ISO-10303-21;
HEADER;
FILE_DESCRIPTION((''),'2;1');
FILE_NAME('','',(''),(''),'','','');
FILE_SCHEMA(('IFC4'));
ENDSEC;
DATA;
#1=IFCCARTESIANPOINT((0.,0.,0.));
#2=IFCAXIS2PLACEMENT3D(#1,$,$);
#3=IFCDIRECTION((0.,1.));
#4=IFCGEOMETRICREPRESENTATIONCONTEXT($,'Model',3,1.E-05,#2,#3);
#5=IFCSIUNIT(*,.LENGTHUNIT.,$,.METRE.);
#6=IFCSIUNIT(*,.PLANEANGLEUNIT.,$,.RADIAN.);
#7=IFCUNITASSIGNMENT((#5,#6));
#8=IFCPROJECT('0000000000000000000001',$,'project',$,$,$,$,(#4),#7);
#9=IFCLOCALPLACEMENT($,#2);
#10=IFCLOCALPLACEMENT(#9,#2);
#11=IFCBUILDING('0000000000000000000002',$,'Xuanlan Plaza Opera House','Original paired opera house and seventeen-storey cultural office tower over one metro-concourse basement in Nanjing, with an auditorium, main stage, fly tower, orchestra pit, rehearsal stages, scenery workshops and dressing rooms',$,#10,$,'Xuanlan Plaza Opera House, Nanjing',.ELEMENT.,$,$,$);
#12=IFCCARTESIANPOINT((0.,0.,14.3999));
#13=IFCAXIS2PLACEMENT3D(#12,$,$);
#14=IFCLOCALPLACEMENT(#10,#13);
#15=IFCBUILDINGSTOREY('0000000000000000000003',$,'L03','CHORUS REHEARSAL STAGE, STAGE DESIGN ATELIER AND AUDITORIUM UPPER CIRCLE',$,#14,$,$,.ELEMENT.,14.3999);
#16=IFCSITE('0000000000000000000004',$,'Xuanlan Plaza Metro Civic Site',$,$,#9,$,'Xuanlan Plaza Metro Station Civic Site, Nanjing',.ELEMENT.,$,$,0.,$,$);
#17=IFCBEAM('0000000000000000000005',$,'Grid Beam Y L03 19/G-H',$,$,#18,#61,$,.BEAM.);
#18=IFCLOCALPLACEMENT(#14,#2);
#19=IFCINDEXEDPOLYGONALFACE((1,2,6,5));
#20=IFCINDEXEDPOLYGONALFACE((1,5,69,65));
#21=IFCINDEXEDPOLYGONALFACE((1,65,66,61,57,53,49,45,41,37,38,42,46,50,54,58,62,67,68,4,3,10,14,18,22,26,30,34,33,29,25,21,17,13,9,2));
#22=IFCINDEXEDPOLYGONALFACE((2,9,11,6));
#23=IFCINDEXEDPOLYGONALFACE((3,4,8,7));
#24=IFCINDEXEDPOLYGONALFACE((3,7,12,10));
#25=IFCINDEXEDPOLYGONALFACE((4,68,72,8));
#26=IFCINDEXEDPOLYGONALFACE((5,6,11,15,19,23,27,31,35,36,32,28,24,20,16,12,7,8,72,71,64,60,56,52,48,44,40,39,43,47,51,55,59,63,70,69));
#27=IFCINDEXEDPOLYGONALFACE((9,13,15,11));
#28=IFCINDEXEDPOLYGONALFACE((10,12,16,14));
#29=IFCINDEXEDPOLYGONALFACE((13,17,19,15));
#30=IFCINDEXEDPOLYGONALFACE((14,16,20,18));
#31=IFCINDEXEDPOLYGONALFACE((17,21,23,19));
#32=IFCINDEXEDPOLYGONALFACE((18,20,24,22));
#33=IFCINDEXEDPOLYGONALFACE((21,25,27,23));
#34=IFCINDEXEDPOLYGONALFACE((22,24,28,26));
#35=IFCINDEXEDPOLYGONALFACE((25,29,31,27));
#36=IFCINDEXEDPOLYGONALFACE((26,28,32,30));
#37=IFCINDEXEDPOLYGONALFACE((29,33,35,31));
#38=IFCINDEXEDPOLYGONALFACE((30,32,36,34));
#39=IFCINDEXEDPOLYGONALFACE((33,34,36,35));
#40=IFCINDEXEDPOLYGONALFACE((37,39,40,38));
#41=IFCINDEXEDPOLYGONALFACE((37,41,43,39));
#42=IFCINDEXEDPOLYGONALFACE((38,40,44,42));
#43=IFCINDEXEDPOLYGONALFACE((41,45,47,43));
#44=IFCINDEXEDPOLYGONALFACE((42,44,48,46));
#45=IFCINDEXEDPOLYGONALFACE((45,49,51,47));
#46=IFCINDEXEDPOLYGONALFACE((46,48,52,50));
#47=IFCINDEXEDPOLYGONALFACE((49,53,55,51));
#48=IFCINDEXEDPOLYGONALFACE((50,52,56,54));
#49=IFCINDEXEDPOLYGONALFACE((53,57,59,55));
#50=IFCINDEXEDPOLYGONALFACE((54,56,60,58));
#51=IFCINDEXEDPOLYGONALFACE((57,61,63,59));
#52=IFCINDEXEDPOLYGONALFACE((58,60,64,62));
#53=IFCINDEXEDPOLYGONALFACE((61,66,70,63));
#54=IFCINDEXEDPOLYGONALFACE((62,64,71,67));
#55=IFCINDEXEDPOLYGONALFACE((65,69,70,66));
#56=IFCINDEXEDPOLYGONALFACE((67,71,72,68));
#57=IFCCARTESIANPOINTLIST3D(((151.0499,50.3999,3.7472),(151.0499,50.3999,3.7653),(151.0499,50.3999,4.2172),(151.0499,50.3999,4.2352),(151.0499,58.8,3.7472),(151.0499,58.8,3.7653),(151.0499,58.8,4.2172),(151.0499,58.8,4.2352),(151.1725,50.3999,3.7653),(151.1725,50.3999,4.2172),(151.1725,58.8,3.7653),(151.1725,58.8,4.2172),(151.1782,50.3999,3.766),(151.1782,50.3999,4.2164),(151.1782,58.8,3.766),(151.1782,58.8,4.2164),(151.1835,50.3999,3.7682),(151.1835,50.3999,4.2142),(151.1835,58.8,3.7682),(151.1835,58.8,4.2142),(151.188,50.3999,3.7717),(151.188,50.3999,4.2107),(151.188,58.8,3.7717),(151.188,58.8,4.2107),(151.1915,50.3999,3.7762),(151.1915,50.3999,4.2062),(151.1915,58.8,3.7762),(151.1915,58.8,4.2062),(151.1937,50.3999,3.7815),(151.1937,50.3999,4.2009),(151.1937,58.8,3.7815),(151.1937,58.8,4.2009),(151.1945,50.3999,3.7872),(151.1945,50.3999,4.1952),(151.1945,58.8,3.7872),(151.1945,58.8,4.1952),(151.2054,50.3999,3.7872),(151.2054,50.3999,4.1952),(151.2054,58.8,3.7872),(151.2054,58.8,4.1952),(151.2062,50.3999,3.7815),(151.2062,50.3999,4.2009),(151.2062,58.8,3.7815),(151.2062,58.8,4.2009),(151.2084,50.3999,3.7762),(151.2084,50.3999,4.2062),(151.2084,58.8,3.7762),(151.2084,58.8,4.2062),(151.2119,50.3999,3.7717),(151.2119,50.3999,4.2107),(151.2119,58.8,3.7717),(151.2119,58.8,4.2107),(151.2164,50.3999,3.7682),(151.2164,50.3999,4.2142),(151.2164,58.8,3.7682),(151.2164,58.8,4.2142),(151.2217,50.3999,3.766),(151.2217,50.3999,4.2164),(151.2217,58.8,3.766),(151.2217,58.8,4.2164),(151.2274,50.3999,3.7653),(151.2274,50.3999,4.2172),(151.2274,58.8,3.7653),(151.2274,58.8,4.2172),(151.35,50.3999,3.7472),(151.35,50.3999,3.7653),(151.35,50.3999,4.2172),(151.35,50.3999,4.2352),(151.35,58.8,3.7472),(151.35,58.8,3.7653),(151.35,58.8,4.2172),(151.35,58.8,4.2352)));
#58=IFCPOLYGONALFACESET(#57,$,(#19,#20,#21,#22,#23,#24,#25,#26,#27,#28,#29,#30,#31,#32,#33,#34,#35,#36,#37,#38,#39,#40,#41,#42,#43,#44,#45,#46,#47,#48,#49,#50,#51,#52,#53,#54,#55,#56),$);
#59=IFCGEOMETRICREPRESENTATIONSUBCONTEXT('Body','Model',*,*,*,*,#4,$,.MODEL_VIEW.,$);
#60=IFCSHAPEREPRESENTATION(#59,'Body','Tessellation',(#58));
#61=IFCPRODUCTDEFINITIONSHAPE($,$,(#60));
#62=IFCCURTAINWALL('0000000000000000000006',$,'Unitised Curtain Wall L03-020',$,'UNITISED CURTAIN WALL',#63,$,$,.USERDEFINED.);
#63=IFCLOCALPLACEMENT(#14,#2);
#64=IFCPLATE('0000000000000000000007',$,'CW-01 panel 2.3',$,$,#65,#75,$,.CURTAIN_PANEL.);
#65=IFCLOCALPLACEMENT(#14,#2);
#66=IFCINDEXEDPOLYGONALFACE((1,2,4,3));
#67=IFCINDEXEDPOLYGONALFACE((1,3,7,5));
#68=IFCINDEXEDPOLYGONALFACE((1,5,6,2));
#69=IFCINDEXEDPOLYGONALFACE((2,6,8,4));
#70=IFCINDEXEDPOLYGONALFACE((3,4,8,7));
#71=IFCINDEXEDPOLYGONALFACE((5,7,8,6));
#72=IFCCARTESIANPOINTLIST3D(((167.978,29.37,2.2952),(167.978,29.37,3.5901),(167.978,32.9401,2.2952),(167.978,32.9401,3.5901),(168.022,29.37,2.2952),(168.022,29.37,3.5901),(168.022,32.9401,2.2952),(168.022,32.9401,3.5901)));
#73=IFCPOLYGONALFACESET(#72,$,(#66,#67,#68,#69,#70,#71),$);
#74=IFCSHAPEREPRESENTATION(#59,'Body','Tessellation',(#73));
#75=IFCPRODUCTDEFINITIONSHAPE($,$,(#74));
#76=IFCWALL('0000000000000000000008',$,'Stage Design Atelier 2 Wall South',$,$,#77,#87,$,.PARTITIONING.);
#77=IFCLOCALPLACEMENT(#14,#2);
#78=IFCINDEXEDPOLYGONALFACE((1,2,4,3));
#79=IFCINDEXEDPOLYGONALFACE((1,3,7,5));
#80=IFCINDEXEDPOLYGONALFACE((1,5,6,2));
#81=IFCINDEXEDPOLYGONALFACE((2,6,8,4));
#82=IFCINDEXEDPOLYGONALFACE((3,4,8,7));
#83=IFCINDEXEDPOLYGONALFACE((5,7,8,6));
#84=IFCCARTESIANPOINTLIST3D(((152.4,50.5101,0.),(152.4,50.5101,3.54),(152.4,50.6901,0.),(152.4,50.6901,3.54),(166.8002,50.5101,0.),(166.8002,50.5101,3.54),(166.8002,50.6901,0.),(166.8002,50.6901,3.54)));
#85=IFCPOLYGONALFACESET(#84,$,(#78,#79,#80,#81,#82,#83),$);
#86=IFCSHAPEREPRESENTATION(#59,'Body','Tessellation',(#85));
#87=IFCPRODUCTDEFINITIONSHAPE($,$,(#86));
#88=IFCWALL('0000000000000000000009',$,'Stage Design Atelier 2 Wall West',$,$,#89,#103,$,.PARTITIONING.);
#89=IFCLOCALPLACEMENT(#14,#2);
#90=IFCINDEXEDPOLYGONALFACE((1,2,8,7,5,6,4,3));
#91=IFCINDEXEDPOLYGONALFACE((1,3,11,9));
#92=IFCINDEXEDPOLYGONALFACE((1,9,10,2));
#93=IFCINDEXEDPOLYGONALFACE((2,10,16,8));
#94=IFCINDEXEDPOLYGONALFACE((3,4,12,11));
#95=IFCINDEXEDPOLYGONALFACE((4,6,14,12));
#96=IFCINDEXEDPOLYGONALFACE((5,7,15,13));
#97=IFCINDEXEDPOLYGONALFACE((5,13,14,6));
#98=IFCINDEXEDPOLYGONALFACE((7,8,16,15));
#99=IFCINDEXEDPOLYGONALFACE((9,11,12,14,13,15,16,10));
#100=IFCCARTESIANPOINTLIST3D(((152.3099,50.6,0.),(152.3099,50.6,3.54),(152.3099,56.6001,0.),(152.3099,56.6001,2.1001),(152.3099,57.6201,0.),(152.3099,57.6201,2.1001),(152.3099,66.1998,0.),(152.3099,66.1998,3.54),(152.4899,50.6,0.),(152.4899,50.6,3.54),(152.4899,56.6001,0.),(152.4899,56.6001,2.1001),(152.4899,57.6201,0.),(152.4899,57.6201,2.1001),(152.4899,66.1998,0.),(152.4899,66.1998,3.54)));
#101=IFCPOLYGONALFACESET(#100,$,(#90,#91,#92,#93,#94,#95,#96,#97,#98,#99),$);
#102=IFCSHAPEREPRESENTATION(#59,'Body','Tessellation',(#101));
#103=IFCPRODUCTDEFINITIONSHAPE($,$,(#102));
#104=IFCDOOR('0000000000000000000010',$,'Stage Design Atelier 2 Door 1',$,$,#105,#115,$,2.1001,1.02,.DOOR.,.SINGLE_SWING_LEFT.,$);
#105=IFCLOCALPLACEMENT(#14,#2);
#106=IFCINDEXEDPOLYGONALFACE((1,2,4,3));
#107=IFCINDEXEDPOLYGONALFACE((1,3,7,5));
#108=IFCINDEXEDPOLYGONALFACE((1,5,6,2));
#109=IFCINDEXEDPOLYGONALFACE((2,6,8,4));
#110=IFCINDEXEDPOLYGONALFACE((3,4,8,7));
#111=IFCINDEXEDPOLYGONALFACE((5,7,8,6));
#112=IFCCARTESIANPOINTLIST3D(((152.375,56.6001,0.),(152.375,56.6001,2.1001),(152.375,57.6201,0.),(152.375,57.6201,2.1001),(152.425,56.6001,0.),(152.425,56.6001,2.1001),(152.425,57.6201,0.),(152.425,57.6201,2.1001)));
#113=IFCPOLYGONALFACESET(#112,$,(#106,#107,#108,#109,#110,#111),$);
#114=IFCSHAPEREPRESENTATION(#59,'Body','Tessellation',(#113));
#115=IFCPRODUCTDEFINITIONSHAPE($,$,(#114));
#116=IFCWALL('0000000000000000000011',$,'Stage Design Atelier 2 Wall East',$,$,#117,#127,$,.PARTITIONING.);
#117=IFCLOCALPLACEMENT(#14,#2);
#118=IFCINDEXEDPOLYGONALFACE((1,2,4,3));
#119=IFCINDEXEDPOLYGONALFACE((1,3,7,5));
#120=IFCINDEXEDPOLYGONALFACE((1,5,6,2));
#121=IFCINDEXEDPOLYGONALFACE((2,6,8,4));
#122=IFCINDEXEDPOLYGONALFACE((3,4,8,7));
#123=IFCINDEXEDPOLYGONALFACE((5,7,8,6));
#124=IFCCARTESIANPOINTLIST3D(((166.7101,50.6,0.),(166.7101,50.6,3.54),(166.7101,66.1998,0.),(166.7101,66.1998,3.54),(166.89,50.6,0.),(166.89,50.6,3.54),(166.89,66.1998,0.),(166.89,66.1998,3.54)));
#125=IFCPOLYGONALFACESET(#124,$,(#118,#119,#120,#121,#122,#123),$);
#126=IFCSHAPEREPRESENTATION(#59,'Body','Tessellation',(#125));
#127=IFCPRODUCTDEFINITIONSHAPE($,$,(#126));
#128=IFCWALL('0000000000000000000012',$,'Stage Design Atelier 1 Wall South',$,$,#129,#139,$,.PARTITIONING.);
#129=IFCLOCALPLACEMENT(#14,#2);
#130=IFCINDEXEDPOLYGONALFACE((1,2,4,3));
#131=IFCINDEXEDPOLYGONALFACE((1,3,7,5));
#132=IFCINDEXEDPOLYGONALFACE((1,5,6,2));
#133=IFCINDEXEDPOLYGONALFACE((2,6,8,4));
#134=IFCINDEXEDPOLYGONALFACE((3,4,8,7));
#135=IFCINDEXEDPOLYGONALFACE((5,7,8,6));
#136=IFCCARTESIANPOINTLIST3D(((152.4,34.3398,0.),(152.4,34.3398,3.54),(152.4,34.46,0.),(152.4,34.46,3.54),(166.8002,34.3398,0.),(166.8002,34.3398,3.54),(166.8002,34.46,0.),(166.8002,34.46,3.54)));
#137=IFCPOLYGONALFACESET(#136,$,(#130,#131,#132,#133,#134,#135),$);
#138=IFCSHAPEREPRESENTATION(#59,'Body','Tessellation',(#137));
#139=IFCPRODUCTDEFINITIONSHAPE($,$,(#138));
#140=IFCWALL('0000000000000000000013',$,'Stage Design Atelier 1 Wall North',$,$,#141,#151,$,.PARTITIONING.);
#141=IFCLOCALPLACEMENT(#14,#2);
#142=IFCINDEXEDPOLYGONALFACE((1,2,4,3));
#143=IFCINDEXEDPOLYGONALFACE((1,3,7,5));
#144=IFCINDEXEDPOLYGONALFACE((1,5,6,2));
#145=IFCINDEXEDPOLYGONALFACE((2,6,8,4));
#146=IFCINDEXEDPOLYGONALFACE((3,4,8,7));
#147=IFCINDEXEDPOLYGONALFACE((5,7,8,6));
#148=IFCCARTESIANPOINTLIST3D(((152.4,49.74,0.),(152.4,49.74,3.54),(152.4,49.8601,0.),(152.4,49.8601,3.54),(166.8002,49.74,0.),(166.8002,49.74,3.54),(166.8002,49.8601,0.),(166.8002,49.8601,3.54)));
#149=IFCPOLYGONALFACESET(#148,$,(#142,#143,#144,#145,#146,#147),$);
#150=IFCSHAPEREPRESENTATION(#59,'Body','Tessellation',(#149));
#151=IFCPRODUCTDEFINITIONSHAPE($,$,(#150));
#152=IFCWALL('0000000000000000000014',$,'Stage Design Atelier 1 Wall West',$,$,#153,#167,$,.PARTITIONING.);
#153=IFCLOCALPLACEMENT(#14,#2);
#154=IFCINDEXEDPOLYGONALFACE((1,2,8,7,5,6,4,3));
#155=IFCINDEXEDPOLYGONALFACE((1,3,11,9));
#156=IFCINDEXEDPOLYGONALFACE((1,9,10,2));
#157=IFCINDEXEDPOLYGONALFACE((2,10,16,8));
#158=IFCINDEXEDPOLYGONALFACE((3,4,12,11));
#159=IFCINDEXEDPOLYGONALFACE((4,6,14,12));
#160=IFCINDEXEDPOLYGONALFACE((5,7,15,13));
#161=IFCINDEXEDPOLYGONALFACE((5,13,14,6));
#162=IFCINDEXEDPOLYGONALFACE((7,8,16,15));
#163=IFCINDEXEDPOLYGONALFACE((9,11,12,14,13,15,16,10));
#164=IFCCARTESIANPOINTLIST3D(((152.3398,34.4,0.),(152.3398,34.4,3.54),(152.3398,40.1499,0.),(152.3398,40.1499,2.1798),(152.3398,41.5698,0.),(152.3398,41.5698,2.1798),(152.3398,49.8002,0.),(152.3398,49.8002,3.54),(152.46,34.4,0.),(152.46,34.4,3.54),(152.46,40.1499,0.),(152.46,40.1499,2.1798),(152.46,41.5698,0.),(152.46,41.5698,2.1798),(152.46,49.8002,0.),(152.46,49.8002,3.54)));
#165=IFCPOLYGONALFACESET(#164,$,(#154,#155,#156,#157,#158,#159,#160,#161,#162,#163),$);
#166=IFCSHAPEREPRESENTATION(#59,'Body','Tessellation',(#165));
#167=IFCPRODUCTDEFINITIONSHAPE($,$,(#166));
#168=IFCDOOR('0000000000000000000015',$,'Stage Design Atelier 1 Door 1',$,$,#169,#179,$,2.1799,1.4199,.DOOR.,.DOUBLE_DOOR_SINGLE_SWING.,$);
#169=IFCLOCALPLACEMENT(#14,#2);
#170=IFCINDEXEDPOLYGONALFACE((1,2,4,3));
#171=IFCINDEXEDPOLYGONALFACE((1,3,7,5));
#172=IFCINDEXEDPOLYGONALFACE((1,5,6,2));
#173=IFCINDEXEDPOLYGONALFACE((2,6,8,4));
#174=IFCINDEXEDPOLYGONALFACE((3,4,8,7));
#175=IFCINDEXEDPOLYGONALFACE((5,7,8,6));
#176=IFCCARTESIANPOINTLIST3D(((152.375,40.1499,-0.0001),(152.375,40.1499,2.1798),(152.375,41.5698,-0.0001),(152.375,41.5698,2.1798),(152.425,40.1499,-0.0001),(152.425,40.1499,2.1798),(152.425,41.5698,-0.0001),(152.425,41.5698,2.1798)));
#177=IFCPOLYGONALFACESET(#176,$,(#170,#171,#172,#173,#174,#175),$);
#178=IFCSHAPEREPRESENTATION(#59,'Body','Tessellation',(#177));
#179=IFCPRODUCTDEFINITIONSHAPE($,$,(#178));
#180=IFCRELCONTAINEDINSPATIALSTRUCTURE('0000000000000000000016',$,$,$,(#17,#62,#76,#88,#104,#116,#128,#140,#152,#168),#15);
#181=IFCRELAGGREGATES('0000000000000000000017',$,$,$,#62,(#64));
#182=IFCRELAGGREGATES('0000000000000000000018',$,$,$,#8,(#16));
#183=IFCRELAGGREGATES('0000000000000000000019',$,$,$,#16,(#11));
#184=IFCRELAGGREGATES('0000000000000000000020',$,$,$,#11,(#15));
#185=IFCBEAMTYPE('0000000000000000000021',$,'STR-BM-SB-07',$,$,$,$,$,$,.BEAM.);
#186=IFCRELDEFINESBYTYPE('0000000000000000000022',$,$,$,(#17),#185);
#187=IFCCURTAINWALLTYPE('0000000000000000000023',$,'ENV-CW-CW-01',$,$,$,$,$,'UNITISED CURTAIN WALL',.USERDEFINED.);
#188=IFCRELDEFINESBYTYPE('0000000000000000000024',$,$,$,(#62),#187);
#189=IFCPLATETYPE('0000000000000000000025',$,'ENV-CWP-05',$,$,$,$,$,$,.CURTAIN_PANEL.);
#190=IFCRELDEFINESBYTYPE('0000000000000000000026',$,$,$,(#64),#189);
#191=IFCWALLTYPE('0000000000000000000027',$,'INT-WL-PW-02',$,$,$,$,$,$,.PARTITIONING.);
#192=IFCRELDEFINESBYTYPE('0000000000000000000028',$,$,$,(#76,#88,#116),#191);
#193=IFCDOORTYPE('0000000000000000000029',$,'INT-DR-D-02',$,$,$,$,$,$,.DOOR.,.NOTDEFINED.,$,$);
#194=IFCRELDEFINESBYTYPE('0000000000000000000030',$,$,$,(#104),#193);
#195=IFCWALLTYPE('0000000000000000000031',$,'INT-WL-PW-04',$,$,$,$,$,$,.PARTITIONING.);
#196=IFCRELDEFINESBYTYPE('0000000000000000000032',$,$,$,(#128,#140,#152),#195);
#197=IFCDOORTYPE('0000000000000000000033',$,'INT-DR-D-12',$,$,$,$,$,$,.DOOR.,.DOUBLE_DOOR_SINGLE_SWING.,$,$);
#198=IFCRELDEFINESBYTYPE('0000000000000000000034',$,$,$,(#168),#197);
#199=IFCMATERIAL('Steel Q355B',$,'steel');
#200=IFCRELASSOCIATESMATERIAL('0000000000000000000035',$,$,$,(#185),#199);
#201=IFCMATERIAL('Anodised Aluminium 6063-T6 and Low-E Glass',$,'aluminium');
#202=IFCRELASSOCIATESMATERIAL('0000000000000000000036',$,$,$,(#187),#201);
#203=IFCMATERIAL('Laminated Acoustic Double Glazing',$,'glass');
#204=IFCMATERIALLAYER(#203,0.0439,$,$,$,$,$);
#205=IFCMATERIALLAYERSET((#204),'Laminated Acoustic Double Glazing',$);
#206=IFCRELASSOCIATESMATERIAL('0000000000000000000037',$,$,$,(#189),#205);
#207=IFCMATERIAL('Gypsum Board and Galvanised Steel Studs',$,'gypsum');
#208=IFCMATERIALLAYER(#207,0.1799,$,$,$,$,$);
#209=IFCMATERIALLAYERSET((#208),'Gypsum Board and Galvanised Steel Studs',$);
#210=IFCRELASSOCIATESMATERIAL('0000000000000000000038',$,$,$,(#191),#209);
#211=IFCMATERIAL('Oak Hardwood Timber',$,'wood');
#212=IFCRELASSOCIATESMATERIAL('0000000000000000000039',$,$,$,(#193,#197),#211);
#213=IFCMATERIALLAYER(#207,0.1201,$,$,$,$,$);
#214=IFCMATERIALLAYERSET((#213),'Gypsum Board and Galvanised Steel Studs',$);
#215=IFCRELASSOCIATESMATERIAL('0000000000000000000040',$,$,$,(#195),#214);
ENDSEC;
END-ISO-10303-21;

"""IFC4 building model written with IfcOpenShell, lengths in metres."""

from ifc_helpers import new_model, si_unit, direction, frame, frame_2d, origin, origin_2d, place, context, subcontext, project, spatial, rectangle, i_section, extrude, material, layer, layer_set, material_profile, profile_set, type_object, element, fill, aggregate, save


model = new_model("IFC4")

# Units and contexts
model_context = context("Model", 3, precision=1e-05, world=origin(), true_north=direction((0.0, 1.0)))
body_context = subcontext(model_context, "Body", "Model", "MODEL_VIEW")
ifc_project = project(units=[si_unit("LENGTHUNIT", "METRE"), si_unit("PLANEANGLEUNIT", "RADIAN")], contexts=[model_context])

# Site, building, storey
site_placement = place(None, origin())
site = spatial("IfcSite", under=ifc_project, at=site_placement, Name="Xuanlan Plaza Metro Civic Site", LongName="Xuanlan Plaza Metro Station Civic Site, Nanjing", CompositionType="ELEMENT", RefElevation=0.0)
building_placement = place(site_placement, origin())
building = spatial("IfcBuilding", under=site, at=building_placement, Name="Xuanlan Plaza Opera House", Description="Original paired opera house and seventeen-storey cultural office tower over one metro-concourse basement in Nanjing, with an auditorium, main stage, fly tower, orchestra pit, rehearsal stages, scenery workshops and dressing rooms", LongName="Xuanlan Plaza Opera House, Nanjing", CompositionType="ELEMENT")
storey_placement = place(building_placement, frame((0.0, 0.0, 14.3999)))
storey = spatial("IfcBuildingStorey", under=building, at=storey_placement, Name="L03", Description="CHORUS REHEARSAL STAGE, STAGE DESIGN ATELIER AND AUDITORIUM UPPER CIRCLE", CompositionType="ELEMENT", Elevation=14.3999)

# Shared definitions
ifc_material_1 = material(Name="Steel Q355B", Category="steel")

# Beam
ifc_material_profile_1 = material_profile(ifc_material_1, i_section(OverallWidth=0.3, OverallDepth=0.488, WebThickness=0.011, FlangeThickness=0.0181, FilletRadius=0.022, at=origin_2d()), Name="HM 488x300x11x18")
ifc_profile_set_1 = profile_set([ifc_material_profile_1], Name="Steel Q355B")
beam_type_1 = type_object("IfcBeamType", Name="STR-BM-SB-07", PredefinedType="BEAM", material=ifc_profile_set_1)
beam_1_placement = place(storey_placement, frame((151.2, 50.3999, 3.9912), z_axis=(0.0, 1.0, 0.0), x_axis=(-1.0, 0.0, 0.0)))
element("IfcBeam", 1, at=beam_1_placement, inside=storey, type_object=beam_type_1, Name="Grid Beam Y L03 19/G-H", PredefinedType="BEAM", context=body_context, shape_type="SweptSolid", body=[
    extrude(i_section(OverallWidth=0.3, OverallDepth=0.488, WebThickness=0.011, FlangeThickness=0.0181, FilletRadius=0.022, at=origin_2d()), origin(), (0.0, 0.0, 1.0), 8.4001),
])

# Curtain wall, plate
ifc_material_2 = material(Name="Anodised Aluminium 6063-T6 and Low-E Glass", Category="aluminium")
curtain_wall_type = type_object("IfcCurtainWallType", Name="ENV-CW-CW-01", ElementType="UNITISED CURTAIN WALL", PredefinedType="USERDEFINED", material=ifc_material_2)
curtain_wall_placement = place(storey_placement, origin())
curtain_wall = element("IfcCurtainWall", 2, at=curtain_wall_placement, inside=storey, type_object=curtain_wall_type, Name="Unitised Curtain Wall L03-020", ObjectType="UNITISED CURTAIN WALL", PredefinedType="USERDEFINED")
ifc_material_3 = material(Name="Laminated Acoustic Double Glazing", Category="glass")
ifc_layer_1 = layer(ifc_material_3, 0.0439)
ifc_layer_set_1 = layer_set([ifc_layer_1], Name="Laminated Acoustic Double Glazing")
plate_type = type_object("IfcPlateType", Name="ENV-CWP-05", PredefinedType="CURTAIN_PANEL", material=ifc_layer_set_1)
plate_placement = place(storey_placement, frame((168.0, 31.155, 2.2952), z_axis=(0.0, 0.0, 1.0), x_axis=(0.0, 1.0, 0.0)))
plate = element("IfcPlate", 3, at=plate_placement, type_object=plate_type, Name="CW-01 panel 2.3", PredefinedType="CURTAIN_PANEL", context=body_context, shape_type="SweptSolid", body=[
    extrude(rectangle(XDim=3.5701, YDim=0.0439, at=origin_2d()), origin(), (0.0, 0.0, 1.0), 1.2949),
])
aggregate(curtain_wall, [plate])

# Wall
ifc_material_4 = material(Name="Gypsum Board and Galvanised Steel Studs", Category="gypsum")
ifc_layer_2 = layer(ifc_material_4, 0.1799)
ifc_layer_set_2 = layer_set([ifc_layer_2], Name="Gypsum Board and Galvanised Steel Studs")
wall_type_1 = type_object("IfcWallType", Name="INT-WL-PW-02", PredefinedType="PARTITIONING", material=ifc_layer_set_2)
wall_1_placement = place(storey_placement, frame((152.3999, 50.6001, 0.0), z_axis=(0.0, 0.0, 1.0), x_axis=(1.0, 0.0, 0.0)))
element("IfcWall", 4, at=wall_1_placement, inside=storey, type_object=wall_type_1, Name="Stage Design Atelier 2 Wall South", PredefinedType="PARTITIONING", context=body_context, shape_type="SweptSolid", body=[
    extrude(rectangle(XDim=14.4001, YDim=0.1799, at=frame_2d((7.2002, 0.0))), origin(), (0.0, 0.0, 1.0), 3.54),
])

# Wall, opening, door
wall_2_placement = place(storey_placement, frame((152.3999, 50.6001, 0.0), z_axis=(0.0, 0.0, 1.0), x_axis=(0.0, 1.0, 0.0)))
wall_2 = element("IfcWall", 5, at=wall_2_placement, inside=storey, type_object=wall_type_1, Name="Stage Design Atelier 2 Wall West", PredefinedType="PARTITIONING", context=body_context, shape_type="SweptSolid", body=[
    extrude(rectangle(XDim=15.5999, YDim=0.1799, at=frame_2d((7.7998, 0.0))), origin(), (0.0, 0.0, 1.0), 3.54),
])
opening_1_placement = place(wall_2_placement, frame((6.0, 0.0, 0.0)))
opening_1 = element("IfcOpeningElement", 6, at=opening_1_placement, cuts=wall_2, PredefinedType="OPENING", context=body_context, shape_type="SweptSolid", body=[
    extrude(rectangle(XDim=1.02, YDim=2.1001, at=frame_2d((0.51, 1.05))), frame((0.0, 0.0999, 0.0), z_axis=(0.0, -1.0, 0.0), x_axis=(1.0, 0.0, 0.0)), (0.0, 0.0, 1.0), 0.2),
])
ifc_material_5 = material(Name="Oak Hardwood Timber", Category="wood")
door_type_1 = type_object("IfcDoorType", Name="INT-DR-D-02", OperationType="NOTDEFINED", PredefinedType="DOOR", material=ifc_material_5)
door_1_placement = place(opening_1_placement, origin())
door_1 = element("IfcDoor", 7, at=door_1_placement, inside=storey, type_object=door_type_1, Name="Stage Design Atelier 2 Door 1", OperationType="SINGLE_SWING_LEFT", OverallHeight=2.1001, OverallWidth=1.02, PredefinedType="DOOR", context=body_context, shape_type="SweptSolid", body=[
    extrude(rectangle(XDim=1.02, YDim=2.1001, at=frame_2d((0.51, 1.05))), frame((0.0, 0.0249, 0.0), z_axis=(0.0, -1.0, 0.0), x_axis=(1.0, 0.0, 0.0)), (0.0, 0.0, 1.0), 0.05),
])
fill(opening_1, door_1)

# Walls
wall_3_placement = place(storey_placement, frame((166.8, 50.6001, 0.0), z_axis=(0.0, 0.0, 1.0), x_axis=(0.0, 1.0, 0.0)))
element("IfcWall", 8, at=wall_3_placement, inside=storey, type_object=wall_type_1, Name="Stage Design Atelier 2 Wall East", PredefinedType="PARTITIONING", context=body_context, shape_type="SweptSolid", body=[
    extrude(rectangle(XDim=15.5999, YDim=0.1799, at=frame_2d((7.7998, 0.0))), origin(), (0.0, 0.0, 1.0), 3.54),
])
ifc_layer_3 = layer(ifc_material_4, 0.1201)
ifc_layer_set_3 = layer_set([ifc_layer_3], Name="Gypsum Board and Galvanised Steel Studs")
wall_type_2 = type_object("IfcWallType", Name="INT-WL-PW-04", PredefinedType="PARTITIONING", material=ifc_layer_set_3)
for number, where, z_axis, x_axis, name in (
    (9, (152.3999, 34.3999, 0.0), (0.0, 0.0, 1.0), (1.0, 0.0, 0.0), "Stage Design Atelier 1 Wall South"),
    (10, (152.3999, 49.8, 0.0), (0.0, 0.0, 1.0), (1.0, 0.0, 0.0), "Stage Design Atelier 1 Wall North"),
):
    element("IfcWall", number, at=place(storey_placement, frame(where, z_axis=z_axis, x_axis=x_axis)), inside=storey, type_object=wall_type_2, Name=name, PredefinedType="PARTITIONING", context=body_context, shape_type="SweptSolid", body=[
        extrude(rectangle(XDim=14.4001, YDim=0.1201, at=frame_2d((7.2002, 0.0))), origin(), (0.0, 0.0, 1.0), 3.54),
    ])

# Wall, opening, door
wall_4_placement = place(storey_placement, frame((152.3999, 34.3999, 0.0), z_axis=(0.0, 0.0, 1.0), x_axis=(0.0, 1.0, 0.0)))
wall_4 = element("IfcWall", 11, at=wall_4_placement, inside=storey, type_object=wall_type_2, Name="Stage Design Atelier 1 Wall West", PredefinedType="PARTITIONING", context=body_context, shape_type="SweptSolid", body=[
    extrude(rectangle(XDim=15.4001, YDim=0.1201, at=frame_2d((7.7002, 0.0))), origin(), (0.0, 0.0, 1.0), 3.54),
])
opening_2_placement = place(wall_4_placement, frame((5.75, 0.0, 0.0)))
opening_2 = element("IfcOpeningElement", 12, at=opening_2_placement, cuts=wall_4, PredefinedType="OPENING", context=body_context, shape_type="SweptSolid", body=[
    extrude(rectangle(XDim=1.4199, YDim=2.1799, at=frame_2d((0.71, 1.0898))), frame((0.0, 0.0701, 0.0), z_axis=(0.0, -1.0, 0.0), x_axis=(1.0, 0.0, 0.0)), (0.0, 0.0, 1.0), 0.1401),
])
door_type_2 = type_object("IfcDoorType", Name="INT-DR-D-12", OperationType="DOUBLE_DOOR_SINGLE_SWING", PredefinedType="DOOR", material=ifc_material_5)
door_2_placement = place(opening_2_placement, origin())
door_2 = element("IfcDoor", 13, at=door_2_placement, inside=storey, type_object=door_type_2, Name="Stage Design Atelier 1 Door 1", OperationType="DOUBLE_DOOR_SINGLE_SWING", OverallHeight=2.1799, OverallWidth=1.4199, PredefinedType="DOOR", context=body_context, shape_type="SweptSolid", body=[
    extrude(rectangle(XDim=1.4199, YDim=2.1799, at=frame_2d((0.71, 1.0898))), frame((0.0, 0.0249, 0.0), z_axis=(0.0, -1.0, 0.0), x_axis=(1.0, 0.0, 0.0)), (0.0, 0.0, 1.0), 0.05),
])
fill(opening_2, door_2)

save(model, "model.ifc")
